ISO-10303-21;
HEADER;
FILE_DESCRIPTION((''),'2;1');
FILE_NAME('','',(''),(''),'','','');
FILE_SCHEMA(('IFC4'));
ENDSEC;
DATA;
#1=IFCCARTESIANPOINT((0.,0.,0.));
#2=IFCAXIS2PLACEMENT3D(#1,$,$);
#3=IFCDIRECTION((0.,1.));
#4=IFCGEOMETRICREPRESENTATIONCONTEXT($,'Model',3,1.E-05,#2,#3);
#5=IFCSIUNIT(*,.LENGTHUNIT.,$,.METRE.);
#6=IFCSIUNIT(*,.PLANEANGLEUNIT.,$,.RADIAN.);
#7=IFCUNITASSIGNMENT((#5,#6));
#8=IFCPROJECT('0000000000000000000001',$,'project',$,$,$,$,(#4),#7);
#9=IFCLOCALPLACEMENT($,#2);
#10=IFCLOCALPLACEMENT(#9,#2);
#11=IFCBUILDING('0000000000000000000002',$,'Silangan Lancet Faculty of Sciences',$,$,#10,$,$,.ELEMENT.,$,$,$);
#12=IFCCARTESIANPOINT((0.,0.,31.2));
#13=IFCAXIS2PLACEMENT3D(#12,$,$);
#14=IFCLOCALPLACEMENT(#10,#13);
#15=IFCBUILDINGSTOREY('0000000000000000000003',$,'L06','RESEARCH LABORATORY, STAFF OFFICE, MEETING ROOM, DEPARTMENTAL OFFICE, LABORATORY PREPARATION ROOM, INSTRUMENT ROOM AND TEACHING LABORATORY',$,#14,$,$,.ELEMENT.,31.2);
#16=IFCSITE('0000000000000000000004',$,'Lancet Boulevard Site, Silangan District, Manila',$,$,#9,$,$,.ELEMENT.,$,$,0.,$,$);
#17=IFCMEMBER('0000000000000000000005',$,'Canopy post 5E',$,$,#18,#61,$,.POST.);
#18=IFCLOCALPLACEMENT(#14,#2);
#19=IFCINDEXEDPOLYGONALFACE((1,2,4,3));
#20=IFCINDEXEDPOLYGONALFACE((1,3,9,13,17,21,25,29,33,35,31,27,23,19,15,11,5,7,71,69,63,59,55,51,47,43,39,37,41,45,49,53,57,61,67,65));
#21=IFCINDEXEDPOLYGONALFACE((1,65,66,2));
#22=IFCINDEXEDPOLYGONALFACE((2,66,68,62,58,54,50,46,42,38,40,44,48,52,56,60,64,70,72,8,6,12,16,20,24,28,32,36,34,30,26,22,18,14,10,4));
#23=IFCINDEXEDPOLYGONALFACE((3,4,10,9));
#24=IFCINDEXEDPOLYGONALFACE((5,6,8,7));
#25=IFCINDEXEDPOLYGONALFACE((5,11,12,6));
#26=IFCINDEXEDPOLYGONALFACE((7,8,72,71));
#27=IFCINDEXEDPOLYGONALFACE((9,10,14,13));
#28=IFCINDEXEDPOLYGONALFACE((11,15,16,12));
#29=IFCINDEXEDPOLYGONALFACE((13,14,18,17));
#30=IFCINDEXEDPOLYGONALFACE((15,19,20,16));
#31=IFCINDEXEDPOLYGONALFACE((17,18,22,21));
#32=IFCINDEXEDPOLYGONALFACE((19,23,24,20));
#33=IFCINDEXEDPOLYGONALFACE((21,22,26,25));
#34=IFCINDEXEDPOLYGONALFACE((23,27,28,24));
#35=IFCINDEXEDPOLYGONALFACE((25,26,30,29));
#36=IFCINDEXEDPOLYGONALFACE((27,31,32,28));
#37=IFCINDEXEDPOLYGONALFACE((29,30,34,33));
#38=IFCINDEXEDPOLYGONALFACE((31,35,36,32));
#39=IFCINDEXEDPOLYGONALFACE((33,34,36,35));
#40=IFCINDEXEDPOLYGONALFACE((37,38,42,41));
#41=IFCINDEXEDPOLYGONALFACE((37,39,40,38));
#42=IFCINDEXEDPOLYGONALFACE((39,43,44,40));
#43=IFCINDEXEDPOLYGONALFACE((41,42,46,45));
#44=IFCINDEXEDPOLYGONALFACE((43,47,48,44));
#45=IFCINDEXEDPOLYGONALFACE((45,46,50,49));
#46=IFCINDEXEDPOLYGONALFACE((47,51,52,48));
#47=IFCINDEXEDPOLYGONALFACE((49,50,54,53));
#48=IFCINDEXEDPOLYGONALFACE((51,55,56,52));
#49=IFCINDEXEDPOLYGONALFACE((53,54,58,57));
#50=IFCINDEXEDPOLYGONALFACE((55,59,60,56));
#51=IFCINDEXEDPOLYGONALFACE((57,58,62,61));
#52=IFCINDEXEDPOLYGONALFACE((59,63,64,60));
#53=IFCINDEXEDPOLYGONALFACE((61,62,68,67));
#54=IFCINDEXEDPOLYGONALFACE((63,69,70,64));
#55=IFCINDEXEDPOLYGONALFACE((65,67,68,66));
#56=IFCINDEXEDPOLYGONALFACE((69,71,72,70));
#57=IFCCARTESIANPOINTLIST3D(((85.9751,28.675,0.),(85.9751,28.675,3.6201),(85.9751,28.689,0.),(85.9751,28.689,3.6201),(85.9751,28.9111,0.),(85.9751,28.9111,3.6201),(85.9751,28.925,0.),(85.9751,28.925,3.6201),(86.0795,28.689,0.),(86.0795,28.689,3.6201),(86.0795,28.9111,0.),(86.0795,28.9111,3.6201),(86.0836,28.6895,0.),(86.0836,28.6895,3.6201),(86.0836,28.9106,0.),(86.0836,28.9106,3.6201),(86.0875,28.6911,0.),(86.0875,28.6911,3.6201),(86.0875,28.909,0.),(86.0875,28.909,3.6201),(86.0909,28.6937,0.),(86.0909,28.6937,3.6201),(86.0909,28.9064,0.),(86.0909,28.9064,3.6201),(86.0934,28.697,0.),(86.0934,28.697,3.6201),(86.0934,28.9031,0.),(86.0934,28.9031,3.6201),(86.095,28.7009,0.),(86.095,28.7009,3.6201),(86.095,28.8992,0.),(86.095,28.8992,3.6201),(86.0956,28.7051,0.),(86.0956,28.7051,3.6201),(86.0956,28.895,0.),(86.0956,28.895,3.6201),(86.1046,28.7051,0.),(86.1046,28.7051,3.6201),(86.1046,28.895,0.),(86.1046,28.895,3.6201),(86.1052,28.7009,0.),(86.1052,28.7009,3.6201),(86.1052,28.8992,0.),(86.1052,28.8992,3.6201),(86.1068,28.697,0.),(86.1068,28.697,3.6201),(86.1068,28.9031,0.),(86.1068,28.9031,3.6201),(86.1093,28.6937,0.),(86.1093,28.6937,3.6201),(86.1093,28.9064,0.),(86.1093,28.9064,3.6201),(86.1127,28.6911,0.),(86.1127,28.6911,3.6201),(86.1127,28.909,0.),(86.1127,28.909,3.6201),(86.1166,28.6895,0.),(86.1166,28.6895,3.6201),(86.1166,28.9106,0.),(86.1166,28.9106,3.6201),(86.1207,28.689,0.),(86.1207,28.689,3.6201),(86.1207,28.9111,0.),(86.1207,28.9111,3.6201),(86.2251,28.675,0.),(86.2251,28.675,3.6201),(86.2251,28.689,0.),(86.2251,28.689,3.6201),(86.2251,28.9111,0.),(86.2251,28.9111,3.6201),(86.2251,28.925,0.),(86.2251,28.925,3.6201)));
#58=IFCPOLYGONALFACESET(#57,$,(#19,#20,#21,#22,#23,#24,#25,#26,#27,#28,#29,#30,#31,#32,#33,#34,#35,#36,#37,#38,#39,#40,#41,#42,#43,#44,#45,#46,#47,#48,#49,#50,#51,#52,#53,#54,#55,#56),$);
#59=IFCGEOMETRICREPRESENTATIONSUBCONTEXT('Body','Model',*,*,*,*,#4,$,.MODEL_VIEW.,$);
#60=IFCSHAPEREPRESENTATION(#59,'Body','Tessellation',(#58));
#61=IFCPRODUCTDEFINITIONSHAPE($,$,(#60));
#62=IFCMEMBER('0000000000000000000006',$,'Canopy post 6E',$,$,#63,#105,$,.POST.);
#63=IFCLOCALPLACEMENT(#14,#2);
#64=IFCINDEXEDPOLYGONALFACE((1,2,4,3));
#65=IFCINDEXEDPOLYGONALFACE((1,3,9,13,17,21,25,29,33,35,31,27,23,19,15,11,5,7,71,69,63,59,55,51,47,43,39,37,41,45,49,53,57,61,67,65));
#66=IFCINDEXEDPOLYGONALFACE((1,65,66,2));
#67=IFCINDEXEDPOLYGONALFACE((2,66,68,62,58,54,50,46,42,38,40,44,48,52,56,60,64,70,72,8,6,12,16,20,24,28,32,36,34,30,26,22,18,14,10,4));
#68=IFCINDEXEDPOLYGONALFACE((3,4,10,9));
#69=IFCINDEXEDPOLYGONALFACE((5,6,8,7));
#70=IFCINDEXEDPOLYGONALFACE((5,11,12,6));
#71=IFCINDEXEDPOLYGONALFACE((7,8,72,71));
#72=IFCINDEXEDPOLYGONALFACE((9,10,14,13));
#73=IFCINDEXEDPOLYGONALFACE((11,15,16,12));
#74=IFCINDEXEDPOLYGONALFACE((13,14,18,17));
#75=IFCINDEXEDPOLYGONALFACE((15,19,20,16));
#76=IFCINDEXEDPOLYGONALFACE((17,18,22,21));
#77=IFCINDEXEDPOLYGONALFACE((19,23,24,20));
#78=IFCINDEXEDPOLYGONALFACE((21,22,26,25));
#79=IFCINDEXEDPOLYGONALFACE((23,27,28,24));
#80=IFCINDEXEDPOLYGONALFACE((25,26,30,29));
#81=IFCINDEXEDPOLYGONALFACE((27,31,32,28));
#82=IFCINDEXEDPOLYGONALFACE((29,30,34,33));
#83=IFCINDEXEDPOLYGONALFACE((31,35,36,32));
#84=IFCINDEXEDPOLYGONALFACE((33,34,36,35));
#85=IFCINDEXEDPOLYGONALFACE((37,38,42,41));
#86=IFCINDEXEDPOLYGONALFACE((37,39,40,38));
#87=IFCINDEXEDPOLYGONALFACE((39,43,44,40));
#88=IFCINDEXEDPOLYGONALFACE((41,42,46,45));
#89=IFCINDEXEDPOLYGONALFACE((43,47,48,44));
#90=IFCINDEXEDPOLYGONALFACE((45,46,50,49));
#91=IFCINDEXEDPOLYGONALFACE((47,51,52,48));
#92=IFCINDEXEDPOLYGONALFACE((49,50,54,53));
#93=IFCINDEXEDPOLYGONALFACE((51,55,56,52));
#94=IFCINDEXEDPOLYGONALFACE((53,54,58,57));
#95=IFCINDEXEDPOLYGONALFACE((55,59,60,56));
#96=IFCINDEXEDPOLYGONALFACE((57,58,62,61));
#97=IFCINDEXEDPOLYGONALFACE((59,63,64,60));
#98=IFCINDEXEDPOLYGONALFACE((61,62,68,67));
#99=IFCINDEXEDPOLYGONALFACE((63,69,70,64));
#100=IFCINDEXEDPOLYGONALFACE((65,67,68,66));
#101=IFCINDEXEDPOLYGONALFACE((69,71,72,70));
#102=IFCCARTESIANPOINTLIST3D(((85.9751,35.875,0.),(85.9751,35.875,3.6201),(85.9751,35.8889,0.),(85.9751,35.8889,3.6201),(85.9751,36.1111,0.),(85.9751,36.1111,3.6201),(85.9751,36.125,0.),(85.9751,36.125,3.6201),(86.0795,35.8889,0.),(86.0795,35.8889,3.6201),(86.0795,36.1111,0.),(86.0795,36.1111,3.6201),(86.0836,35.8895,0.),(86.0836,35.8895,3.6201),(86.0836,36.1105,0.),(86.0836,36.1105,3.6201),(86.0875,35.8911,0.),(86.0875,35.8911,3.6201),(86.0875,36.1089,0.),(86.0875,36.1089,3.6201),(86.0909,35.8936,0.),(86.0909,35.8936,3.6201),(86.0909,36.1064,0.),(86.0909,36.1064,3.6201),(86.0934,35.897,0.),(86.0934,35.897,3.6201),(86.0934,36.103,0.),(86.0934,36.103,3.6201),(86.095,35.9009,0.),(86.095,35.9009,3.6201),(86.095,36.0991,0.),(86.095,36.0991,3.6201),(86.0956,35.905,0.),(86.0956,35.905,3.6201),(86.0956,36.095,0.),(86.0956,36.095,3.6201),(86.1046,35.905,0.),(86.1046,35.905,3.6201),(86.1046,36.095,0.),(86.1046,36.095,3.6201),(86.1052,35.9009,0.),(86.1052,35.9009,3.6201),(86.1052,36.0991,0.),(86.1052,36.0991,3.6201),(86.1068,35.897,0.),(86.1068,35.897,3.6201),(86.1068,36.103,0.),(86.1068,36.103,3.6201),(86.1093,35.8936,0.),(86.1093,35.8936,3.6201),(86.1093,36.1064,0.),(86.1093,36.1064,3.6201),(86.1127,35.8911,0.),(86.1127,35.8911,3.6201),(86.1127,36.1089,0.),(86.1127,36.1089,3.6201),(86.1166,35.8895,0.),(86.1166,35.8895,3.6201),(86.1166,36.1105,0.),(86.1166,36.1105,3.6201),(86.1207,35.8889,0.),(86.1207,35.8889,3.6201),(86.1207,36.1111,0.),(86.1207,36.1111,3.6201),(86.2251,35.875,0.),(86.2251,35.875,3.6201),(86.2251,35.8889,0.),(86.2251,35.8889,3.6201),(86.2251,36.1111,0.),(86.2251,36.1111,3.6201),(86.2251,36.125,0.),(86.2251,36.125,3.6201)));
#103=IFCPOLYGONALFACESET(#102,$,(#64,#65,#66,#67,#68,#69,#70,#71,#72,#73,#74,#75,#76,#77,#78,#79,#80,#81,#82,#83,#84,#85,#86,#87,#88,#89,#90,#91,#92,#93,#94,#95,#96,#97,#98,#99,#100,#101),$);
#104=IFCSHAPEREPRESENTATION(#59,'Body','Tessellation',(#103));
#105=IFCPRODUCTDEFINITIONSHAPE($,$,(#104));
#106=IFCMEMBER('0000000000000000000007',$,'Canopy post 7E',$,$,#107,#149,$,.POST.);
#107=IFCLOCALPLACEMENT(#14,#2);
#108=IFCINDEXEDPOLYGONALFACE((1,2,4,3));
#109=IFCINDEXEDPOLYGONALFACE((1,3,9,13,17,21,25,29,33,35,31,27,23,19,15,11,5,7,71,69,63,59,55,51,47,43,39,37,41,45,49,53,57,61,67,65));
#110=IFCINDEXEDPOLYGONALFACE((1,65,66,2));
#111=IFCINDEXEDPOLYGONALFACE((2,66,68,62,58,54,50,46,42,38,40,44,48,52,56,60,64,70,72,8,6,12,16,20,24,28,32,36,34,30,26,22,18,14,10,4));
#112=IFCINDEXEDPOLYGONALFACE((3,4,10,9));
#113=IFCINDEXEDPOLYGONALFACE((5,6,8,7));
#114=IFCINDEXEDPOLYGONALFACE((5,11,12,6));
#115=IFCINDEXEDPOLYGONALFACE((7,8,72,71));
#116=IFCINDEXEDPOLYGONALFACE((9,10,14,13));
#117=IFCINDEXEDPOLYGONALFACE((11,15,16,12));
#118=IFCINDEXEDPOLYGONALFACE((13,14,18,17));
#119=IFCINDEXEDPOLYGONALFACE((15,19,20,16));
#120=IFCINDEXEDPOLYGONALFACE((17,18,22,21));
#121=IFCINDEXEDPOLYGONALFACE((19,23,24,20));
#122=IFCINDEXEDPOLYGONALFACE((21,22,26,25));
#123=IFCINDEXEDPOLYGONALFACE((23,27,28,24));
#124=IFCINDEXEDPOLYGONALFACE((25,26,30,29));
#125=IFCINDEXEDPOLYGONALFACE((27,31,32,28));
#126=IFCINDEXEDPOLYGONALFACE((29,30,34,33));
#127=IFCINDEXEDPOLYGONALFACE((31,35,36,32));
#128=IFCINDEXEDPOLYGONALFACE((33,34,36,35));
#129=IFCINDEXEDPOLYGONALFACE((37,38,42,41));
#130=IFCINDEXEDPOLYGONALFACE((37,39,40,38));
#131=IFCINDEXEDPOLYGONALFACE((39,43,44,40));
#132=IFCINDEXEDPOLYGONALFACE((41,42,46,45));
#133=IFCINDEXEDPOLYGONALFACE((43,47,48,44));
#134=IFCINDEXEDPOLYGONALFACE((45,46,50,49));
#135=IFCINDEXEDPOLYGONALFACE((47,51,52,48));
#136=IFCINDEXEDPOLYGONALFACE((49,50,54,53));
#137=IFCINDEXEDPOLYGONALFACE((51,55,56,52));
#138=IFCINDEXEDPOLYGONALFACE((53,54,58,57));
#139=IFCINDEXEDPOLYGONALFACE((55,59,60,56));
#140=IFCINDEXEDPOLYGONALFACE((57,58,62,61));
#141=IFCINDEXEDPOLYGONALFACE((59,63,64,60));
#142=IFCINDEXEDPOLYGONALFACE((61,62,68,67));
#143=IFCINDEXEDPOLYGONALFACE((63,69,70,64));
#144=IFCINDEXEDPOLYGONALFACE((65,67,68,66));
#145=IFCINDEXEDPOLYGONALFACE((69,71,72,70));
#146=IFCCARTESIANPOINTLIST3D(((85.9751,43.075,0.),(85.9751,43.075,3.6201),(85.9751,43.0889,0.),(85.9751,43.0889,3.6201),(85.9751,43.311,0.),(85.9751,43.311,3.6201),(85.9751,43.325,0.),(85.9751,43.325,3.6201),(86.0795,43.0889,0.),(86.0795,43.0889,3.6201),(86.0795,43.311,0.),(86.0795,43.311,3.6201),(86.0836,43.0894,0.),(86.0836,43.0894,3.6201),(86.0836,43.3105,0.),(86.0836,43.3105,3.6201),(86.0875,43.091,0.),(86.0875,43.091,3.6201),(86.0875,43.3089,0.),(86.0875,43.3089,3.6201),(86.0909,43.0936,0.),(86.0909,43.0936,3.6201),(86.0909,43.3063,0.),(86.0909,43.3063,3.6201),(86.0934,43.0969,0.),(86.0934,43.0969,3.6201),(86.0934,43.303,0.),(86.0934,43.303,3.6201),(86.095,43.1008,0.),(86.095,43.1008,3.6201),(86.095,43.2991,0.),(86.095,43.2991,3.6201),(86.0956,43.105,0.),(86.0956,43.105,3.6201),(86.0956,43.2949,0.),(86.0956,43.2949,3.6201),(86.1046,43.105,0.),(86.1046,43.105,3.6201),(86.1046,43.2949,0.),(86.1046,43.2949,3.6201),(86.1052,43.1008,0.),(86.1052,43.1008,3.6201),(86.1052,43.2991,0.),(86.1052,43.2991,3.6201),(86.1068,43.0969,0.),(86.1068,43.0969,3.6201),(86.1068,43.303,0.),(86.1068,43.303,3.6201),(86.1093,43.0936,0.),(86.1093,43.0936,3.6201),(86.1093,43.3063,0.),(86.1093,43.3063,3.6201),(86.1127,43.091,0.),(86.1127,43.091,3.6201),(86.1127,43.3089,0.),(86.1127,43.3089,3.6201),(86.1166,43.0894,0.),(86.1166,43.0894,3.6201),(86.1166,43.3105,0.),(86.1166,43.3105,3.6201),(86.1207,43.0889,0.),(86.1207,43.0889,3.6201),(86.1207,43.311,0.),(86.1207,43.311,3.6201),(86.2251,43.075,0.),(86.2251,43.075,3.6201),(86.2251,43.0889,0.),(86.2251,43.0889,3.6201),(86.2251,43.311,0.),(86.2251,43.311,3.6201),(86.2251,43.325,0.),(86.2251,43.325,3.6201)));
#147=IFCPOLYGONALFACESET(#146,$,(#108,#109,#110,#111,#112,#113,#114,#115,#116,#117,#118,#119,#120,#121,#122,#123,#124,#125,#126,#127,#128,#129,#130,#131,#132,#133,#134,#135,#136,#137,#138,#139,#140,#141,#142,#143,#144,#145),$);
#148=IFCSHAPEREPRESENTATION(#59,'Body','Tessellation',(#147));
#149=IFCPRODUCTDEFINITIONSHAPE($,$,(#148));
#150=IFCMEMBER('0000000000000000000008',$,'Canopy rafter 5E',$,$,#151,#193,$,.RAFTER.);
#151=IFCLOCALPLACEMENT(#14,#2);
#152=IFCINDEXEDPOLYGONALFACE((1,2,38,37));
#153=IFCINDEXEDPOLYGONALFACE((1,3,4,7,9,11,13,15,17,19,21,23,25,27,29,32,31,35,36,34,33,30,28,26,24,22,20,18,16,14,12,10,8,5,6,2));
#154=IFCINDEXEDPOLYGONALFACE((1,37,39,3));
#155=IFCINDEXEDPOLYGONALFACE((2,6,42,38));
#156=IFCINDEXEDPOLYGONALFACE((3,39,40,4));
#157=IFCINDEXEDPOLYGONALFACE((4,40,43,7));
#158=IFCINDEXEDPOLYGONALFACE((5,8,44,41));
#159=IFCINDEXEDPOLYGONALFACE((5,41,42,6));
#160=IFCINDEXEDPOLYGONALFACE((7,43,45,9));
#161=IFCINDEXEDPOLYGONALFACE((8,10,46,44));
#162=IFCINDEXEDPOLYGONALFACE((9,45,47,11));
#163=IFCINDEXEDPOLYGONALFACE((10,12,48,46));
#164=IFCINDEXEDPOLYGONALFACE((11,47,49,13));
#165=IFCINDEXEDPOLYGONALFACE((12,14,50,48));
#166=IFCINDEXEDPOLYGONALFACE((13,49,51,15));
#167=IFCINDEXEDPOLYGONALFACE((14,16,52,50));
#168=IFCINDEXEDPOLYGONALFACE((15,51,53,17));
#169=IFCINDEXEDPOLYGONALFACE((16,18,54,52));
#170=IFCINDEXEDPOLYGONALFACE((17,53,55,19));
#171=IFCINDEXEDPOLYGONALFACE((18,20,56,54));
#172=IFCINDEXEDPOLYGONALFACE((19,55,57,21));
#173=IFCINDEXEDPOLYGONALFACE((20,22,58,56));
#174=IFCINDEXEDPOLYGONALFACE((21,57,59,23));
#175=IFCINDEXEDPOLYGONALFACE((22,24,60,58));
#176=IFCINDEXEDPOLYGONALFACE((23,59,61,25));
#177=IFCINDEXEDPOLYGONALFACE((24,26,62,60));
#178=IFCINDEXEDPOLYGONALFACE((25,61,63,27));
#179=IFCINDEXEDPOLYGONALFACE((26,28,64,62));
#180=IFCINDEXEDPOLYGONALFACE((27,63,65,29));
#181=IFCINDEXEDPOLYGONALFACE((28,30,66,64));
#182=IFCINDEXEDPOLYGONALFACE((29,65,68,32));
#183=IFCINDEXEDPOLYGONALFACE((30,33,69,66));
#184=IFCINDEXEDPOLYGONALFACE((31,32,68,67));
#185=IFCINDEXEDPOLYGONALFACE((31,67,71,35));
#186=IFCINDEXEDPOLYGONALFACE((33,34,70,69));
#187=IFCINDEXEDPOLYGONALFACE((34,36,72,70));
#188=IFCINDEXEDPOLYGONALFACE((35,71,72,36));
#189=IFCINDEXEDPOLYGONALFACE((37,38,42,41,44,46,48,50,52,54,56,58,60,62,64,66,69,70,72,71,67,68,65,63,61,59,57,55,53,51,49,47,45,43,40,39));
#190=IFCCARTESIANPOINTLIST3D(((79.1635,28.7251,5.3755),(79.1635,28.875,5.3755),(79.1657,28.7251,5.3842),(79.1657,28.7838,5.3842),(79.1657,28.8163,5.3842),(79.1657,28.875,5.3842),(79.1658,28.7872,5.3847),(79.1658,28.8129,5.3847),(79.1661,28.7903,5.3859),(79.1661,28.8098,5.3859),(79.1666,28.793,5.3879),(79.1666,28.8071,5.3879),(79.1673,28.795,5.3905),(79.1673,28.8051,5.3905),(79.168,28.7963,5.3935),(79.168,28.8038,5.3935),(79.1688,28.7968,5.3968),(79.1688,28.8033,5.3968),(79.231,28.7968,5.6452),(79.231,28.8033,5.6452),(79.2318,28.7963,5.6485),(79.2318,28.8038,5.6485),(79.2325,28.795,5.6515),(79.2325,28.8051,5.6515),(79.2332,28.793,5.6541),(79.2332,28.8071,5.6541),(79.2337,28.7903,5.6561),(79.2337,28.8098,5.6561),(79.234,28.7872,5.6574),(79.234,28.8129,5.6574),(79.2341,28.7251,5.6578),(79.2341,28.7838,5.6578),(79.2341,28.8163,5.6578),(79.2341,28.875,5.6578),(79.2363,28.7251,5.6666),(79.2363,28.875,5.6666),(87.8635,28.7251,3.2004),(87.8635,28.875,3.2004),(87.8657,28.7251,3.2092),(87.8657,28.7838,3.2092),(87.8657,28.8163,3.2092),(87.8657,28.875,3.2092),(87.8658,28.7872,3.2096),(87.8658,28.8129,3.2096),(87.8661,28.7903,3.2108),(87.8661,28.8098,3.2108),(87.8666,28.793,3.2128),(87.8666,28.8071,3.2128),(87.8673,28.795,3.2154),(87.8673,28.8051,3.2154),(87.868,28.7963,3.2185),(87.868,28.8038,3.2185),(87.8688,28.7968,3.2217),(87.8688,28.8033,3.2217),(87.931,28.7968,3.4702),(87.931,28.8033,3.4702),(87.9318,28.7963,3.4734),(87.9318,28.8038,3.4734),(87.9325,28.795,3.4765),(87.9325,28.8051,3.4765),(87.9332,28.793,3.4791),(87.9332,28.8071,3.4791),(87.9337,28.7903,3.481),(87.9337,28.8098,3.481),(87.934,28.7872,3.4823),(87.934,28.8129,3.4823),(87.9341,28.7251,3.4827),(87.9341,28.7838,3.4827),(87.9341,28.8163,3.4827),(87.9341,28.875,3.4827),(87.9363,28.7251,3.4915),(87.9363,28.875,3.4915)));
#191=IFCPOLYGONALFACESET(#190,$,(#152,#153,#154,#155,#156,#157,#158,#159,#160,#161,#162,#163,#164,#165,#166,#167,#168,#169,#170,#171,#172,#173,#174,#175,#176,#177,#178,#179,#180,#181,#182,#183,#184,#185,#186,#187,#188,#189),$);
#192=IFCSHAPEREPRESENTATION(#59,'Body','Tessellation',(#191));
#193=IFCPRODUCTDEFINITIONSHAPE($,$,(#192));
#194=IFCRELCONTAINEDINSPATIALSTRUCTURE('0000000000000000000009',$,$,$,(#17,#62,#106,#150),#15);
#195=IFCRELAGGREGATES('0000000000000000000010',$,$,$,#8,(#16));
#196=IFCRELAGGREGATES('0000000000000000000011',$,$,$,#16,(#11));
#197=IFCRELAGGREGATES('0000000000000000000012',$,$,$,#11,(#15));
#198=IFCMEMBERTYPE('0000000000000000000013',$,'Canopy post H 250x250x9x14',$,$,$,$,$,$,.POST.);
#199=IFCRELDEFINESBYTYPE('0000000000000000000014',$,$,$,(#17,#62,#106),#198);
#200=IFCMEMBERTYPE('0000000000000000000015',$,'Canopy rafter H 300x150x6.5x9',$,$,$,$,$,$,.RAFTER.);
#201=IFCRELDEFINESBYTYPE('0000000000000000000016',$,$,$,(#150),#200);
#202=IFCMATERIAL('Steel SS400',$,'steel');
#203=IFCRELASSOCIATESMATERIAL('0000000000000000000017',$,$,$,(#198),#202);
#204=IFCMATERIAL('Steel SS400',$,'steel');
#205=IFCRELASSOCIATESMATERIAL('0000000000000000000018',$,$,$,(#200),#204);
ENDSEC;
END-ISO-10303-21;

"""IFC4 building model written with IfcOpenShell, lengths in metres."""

from ifc_helpers import new_model, si_unit, direction, frame, origin, origin_2d, place, context, subcontext, project, spatial, i_section, extrude, material, material_profile, profile_set, type_object, element, save


model = new_model("IFC4")

# Units and contexts
model_context = context("Model", 3, precision=1e-05, world=origin(), true_north=direction((0.0, 1.0)))
body_context = subcontext(model_context, "Body", "Model", "MODEL_VIEW")
ifc_project = project(units=[si_unit("LENGTHUNIT", "METRE"), si_unit("PLANEANGLEUNIT", "RADIAN")], contexts=[model_context])

# Site, building, storey
site_placement = place(None, origin())
site = spatial("IfcSite", under=ifc_project, at=site_placement, Name="Lancet Boulevard Site, Silangan District, Manila", CompositionType="ELEMENT", RefElevation=0.0)
building_placement = place(site_placement, origin())
building = spatial("IfcBuilding", under=site, at=building_placement, Name="Silangan Lancet Faculty of Sciences", CompositionType="ELEMENT")
storey_placement = place(building_placement, frame((0.0, 0.0, 31.2)))
storey = spatial("IfcBuildingStorey", under=building, at=storey_placement, Name="L06", Description="RESEARCH LABORATORY, STAFF OFFICE, MEETING ROOM, DEPARTMENTAL OFFICE, LABORATORY PREPARATION ROOM, INSTRUMENT ROOM AND TEACHING LABORATORY", CompositionType="ELEMENT", Elevation=31.2)

# Members
ifc_material_1 = material(Name="Steel SS400", Category="steel")
ifc_material_profile_1 = material_profile(ifc_material_1, i_section(OverallWidth=0.25, OverallDepth=0.25, WebThickness=0.009, FlangeThickness=0.0139, FilletRadius=0.0161, at=origin_2d()), Name="H 250x250x9x14")
ifc_profile_set_1 = profile_set([ifc_material_profile_1], Name="Steel SS400")
member_type_1 = type_object("IfcMemberType", Name="Canopy post H 250x250x9x14", PredefinedType="POST", material=ifc_profile_set_1)
for number, where, z_axis, x_axis, name in (
    (1, (86.1001, 28.8, 0.0), (0.0, 0.0, 1.0), (1.0, 0.0, 0.0), "Canopy post 5E"),
    (2, (86.1001, 36.0, 0.0), (0.0, 0.0, 1.0), (1.0, 0.0, 0.0), "Canopy post 6E"),
    (3, (86.1001, 43.2, 0.0), (0.0, 0.0, 1.0), (1.0, 0.0, 0.0), "Canopy post 7E"),
):
    element("IfcMember", number, at=place(storey_placement, frame(where, z_axis=z_axis, x_axis=x_axis)), inside=storey, type_object=member_type_1, Name=name, PredefinedType="POST", context=body_context, shape_type="SweptSolid", body=[
        extrude(i_section(OverallWidth=0.25, OverallDepth=0.25, WebThickness=0.009, FlangeThickness=0.0139, FilletRadius=0.0161, at=origin_2d()), origin(), (0.0, 0.0, 1.0), 3.6201),
    ])
ifc_material_2 = material(Name="Steel SS400", Category="steel")
ifc_material_profile_2 = material_profile(ifc_material_2, i_section(OverallWidth=0.1499, OverallDepth=0.3, WebThickness=0.0066, FlangeThickness=0.009, FilletRadius=0.0129, at=origin_2d()), Name="H 300x150x6.5x9")
ifc_profile_set_2 = profile_set([ifc_material_profile_2], Name="Steel SS400")
member_type_2 = type_object("IfcMemberType", Name="Canopy rafter H 300x150x6.5x9", PredefinedType="RAFTER", material=ifc_profile_set_2)
for number, where, z_axis, x_axis, name in (
    (4, (87.8999, 28.8, 3.3459), (-0.970141, 0.0, 0.242542), (0.0, -1.0, 0.0), "Canopy rafter 5E"),
):
    element("IfcMember", number, at=place(storey_placement, frame(where, z_axis=z_axis, x_axis=x_axis)), inside=storey, type_object=member_type_2, Name=name, PredefinedType="RAFTER", context=body_context, shape_type="SweptSolid", body=[
        extrude(i_section(OverallWidth=0.1499, OverallDepth=0.3, WebThickness=0.0066, FlangeThickness=0.009, FilletRadius=0.0129, at=origin_2d()), origin(), (0.0, 0.0, 1.0), 8.9678),
    ])

save(model, "model.ifc")
